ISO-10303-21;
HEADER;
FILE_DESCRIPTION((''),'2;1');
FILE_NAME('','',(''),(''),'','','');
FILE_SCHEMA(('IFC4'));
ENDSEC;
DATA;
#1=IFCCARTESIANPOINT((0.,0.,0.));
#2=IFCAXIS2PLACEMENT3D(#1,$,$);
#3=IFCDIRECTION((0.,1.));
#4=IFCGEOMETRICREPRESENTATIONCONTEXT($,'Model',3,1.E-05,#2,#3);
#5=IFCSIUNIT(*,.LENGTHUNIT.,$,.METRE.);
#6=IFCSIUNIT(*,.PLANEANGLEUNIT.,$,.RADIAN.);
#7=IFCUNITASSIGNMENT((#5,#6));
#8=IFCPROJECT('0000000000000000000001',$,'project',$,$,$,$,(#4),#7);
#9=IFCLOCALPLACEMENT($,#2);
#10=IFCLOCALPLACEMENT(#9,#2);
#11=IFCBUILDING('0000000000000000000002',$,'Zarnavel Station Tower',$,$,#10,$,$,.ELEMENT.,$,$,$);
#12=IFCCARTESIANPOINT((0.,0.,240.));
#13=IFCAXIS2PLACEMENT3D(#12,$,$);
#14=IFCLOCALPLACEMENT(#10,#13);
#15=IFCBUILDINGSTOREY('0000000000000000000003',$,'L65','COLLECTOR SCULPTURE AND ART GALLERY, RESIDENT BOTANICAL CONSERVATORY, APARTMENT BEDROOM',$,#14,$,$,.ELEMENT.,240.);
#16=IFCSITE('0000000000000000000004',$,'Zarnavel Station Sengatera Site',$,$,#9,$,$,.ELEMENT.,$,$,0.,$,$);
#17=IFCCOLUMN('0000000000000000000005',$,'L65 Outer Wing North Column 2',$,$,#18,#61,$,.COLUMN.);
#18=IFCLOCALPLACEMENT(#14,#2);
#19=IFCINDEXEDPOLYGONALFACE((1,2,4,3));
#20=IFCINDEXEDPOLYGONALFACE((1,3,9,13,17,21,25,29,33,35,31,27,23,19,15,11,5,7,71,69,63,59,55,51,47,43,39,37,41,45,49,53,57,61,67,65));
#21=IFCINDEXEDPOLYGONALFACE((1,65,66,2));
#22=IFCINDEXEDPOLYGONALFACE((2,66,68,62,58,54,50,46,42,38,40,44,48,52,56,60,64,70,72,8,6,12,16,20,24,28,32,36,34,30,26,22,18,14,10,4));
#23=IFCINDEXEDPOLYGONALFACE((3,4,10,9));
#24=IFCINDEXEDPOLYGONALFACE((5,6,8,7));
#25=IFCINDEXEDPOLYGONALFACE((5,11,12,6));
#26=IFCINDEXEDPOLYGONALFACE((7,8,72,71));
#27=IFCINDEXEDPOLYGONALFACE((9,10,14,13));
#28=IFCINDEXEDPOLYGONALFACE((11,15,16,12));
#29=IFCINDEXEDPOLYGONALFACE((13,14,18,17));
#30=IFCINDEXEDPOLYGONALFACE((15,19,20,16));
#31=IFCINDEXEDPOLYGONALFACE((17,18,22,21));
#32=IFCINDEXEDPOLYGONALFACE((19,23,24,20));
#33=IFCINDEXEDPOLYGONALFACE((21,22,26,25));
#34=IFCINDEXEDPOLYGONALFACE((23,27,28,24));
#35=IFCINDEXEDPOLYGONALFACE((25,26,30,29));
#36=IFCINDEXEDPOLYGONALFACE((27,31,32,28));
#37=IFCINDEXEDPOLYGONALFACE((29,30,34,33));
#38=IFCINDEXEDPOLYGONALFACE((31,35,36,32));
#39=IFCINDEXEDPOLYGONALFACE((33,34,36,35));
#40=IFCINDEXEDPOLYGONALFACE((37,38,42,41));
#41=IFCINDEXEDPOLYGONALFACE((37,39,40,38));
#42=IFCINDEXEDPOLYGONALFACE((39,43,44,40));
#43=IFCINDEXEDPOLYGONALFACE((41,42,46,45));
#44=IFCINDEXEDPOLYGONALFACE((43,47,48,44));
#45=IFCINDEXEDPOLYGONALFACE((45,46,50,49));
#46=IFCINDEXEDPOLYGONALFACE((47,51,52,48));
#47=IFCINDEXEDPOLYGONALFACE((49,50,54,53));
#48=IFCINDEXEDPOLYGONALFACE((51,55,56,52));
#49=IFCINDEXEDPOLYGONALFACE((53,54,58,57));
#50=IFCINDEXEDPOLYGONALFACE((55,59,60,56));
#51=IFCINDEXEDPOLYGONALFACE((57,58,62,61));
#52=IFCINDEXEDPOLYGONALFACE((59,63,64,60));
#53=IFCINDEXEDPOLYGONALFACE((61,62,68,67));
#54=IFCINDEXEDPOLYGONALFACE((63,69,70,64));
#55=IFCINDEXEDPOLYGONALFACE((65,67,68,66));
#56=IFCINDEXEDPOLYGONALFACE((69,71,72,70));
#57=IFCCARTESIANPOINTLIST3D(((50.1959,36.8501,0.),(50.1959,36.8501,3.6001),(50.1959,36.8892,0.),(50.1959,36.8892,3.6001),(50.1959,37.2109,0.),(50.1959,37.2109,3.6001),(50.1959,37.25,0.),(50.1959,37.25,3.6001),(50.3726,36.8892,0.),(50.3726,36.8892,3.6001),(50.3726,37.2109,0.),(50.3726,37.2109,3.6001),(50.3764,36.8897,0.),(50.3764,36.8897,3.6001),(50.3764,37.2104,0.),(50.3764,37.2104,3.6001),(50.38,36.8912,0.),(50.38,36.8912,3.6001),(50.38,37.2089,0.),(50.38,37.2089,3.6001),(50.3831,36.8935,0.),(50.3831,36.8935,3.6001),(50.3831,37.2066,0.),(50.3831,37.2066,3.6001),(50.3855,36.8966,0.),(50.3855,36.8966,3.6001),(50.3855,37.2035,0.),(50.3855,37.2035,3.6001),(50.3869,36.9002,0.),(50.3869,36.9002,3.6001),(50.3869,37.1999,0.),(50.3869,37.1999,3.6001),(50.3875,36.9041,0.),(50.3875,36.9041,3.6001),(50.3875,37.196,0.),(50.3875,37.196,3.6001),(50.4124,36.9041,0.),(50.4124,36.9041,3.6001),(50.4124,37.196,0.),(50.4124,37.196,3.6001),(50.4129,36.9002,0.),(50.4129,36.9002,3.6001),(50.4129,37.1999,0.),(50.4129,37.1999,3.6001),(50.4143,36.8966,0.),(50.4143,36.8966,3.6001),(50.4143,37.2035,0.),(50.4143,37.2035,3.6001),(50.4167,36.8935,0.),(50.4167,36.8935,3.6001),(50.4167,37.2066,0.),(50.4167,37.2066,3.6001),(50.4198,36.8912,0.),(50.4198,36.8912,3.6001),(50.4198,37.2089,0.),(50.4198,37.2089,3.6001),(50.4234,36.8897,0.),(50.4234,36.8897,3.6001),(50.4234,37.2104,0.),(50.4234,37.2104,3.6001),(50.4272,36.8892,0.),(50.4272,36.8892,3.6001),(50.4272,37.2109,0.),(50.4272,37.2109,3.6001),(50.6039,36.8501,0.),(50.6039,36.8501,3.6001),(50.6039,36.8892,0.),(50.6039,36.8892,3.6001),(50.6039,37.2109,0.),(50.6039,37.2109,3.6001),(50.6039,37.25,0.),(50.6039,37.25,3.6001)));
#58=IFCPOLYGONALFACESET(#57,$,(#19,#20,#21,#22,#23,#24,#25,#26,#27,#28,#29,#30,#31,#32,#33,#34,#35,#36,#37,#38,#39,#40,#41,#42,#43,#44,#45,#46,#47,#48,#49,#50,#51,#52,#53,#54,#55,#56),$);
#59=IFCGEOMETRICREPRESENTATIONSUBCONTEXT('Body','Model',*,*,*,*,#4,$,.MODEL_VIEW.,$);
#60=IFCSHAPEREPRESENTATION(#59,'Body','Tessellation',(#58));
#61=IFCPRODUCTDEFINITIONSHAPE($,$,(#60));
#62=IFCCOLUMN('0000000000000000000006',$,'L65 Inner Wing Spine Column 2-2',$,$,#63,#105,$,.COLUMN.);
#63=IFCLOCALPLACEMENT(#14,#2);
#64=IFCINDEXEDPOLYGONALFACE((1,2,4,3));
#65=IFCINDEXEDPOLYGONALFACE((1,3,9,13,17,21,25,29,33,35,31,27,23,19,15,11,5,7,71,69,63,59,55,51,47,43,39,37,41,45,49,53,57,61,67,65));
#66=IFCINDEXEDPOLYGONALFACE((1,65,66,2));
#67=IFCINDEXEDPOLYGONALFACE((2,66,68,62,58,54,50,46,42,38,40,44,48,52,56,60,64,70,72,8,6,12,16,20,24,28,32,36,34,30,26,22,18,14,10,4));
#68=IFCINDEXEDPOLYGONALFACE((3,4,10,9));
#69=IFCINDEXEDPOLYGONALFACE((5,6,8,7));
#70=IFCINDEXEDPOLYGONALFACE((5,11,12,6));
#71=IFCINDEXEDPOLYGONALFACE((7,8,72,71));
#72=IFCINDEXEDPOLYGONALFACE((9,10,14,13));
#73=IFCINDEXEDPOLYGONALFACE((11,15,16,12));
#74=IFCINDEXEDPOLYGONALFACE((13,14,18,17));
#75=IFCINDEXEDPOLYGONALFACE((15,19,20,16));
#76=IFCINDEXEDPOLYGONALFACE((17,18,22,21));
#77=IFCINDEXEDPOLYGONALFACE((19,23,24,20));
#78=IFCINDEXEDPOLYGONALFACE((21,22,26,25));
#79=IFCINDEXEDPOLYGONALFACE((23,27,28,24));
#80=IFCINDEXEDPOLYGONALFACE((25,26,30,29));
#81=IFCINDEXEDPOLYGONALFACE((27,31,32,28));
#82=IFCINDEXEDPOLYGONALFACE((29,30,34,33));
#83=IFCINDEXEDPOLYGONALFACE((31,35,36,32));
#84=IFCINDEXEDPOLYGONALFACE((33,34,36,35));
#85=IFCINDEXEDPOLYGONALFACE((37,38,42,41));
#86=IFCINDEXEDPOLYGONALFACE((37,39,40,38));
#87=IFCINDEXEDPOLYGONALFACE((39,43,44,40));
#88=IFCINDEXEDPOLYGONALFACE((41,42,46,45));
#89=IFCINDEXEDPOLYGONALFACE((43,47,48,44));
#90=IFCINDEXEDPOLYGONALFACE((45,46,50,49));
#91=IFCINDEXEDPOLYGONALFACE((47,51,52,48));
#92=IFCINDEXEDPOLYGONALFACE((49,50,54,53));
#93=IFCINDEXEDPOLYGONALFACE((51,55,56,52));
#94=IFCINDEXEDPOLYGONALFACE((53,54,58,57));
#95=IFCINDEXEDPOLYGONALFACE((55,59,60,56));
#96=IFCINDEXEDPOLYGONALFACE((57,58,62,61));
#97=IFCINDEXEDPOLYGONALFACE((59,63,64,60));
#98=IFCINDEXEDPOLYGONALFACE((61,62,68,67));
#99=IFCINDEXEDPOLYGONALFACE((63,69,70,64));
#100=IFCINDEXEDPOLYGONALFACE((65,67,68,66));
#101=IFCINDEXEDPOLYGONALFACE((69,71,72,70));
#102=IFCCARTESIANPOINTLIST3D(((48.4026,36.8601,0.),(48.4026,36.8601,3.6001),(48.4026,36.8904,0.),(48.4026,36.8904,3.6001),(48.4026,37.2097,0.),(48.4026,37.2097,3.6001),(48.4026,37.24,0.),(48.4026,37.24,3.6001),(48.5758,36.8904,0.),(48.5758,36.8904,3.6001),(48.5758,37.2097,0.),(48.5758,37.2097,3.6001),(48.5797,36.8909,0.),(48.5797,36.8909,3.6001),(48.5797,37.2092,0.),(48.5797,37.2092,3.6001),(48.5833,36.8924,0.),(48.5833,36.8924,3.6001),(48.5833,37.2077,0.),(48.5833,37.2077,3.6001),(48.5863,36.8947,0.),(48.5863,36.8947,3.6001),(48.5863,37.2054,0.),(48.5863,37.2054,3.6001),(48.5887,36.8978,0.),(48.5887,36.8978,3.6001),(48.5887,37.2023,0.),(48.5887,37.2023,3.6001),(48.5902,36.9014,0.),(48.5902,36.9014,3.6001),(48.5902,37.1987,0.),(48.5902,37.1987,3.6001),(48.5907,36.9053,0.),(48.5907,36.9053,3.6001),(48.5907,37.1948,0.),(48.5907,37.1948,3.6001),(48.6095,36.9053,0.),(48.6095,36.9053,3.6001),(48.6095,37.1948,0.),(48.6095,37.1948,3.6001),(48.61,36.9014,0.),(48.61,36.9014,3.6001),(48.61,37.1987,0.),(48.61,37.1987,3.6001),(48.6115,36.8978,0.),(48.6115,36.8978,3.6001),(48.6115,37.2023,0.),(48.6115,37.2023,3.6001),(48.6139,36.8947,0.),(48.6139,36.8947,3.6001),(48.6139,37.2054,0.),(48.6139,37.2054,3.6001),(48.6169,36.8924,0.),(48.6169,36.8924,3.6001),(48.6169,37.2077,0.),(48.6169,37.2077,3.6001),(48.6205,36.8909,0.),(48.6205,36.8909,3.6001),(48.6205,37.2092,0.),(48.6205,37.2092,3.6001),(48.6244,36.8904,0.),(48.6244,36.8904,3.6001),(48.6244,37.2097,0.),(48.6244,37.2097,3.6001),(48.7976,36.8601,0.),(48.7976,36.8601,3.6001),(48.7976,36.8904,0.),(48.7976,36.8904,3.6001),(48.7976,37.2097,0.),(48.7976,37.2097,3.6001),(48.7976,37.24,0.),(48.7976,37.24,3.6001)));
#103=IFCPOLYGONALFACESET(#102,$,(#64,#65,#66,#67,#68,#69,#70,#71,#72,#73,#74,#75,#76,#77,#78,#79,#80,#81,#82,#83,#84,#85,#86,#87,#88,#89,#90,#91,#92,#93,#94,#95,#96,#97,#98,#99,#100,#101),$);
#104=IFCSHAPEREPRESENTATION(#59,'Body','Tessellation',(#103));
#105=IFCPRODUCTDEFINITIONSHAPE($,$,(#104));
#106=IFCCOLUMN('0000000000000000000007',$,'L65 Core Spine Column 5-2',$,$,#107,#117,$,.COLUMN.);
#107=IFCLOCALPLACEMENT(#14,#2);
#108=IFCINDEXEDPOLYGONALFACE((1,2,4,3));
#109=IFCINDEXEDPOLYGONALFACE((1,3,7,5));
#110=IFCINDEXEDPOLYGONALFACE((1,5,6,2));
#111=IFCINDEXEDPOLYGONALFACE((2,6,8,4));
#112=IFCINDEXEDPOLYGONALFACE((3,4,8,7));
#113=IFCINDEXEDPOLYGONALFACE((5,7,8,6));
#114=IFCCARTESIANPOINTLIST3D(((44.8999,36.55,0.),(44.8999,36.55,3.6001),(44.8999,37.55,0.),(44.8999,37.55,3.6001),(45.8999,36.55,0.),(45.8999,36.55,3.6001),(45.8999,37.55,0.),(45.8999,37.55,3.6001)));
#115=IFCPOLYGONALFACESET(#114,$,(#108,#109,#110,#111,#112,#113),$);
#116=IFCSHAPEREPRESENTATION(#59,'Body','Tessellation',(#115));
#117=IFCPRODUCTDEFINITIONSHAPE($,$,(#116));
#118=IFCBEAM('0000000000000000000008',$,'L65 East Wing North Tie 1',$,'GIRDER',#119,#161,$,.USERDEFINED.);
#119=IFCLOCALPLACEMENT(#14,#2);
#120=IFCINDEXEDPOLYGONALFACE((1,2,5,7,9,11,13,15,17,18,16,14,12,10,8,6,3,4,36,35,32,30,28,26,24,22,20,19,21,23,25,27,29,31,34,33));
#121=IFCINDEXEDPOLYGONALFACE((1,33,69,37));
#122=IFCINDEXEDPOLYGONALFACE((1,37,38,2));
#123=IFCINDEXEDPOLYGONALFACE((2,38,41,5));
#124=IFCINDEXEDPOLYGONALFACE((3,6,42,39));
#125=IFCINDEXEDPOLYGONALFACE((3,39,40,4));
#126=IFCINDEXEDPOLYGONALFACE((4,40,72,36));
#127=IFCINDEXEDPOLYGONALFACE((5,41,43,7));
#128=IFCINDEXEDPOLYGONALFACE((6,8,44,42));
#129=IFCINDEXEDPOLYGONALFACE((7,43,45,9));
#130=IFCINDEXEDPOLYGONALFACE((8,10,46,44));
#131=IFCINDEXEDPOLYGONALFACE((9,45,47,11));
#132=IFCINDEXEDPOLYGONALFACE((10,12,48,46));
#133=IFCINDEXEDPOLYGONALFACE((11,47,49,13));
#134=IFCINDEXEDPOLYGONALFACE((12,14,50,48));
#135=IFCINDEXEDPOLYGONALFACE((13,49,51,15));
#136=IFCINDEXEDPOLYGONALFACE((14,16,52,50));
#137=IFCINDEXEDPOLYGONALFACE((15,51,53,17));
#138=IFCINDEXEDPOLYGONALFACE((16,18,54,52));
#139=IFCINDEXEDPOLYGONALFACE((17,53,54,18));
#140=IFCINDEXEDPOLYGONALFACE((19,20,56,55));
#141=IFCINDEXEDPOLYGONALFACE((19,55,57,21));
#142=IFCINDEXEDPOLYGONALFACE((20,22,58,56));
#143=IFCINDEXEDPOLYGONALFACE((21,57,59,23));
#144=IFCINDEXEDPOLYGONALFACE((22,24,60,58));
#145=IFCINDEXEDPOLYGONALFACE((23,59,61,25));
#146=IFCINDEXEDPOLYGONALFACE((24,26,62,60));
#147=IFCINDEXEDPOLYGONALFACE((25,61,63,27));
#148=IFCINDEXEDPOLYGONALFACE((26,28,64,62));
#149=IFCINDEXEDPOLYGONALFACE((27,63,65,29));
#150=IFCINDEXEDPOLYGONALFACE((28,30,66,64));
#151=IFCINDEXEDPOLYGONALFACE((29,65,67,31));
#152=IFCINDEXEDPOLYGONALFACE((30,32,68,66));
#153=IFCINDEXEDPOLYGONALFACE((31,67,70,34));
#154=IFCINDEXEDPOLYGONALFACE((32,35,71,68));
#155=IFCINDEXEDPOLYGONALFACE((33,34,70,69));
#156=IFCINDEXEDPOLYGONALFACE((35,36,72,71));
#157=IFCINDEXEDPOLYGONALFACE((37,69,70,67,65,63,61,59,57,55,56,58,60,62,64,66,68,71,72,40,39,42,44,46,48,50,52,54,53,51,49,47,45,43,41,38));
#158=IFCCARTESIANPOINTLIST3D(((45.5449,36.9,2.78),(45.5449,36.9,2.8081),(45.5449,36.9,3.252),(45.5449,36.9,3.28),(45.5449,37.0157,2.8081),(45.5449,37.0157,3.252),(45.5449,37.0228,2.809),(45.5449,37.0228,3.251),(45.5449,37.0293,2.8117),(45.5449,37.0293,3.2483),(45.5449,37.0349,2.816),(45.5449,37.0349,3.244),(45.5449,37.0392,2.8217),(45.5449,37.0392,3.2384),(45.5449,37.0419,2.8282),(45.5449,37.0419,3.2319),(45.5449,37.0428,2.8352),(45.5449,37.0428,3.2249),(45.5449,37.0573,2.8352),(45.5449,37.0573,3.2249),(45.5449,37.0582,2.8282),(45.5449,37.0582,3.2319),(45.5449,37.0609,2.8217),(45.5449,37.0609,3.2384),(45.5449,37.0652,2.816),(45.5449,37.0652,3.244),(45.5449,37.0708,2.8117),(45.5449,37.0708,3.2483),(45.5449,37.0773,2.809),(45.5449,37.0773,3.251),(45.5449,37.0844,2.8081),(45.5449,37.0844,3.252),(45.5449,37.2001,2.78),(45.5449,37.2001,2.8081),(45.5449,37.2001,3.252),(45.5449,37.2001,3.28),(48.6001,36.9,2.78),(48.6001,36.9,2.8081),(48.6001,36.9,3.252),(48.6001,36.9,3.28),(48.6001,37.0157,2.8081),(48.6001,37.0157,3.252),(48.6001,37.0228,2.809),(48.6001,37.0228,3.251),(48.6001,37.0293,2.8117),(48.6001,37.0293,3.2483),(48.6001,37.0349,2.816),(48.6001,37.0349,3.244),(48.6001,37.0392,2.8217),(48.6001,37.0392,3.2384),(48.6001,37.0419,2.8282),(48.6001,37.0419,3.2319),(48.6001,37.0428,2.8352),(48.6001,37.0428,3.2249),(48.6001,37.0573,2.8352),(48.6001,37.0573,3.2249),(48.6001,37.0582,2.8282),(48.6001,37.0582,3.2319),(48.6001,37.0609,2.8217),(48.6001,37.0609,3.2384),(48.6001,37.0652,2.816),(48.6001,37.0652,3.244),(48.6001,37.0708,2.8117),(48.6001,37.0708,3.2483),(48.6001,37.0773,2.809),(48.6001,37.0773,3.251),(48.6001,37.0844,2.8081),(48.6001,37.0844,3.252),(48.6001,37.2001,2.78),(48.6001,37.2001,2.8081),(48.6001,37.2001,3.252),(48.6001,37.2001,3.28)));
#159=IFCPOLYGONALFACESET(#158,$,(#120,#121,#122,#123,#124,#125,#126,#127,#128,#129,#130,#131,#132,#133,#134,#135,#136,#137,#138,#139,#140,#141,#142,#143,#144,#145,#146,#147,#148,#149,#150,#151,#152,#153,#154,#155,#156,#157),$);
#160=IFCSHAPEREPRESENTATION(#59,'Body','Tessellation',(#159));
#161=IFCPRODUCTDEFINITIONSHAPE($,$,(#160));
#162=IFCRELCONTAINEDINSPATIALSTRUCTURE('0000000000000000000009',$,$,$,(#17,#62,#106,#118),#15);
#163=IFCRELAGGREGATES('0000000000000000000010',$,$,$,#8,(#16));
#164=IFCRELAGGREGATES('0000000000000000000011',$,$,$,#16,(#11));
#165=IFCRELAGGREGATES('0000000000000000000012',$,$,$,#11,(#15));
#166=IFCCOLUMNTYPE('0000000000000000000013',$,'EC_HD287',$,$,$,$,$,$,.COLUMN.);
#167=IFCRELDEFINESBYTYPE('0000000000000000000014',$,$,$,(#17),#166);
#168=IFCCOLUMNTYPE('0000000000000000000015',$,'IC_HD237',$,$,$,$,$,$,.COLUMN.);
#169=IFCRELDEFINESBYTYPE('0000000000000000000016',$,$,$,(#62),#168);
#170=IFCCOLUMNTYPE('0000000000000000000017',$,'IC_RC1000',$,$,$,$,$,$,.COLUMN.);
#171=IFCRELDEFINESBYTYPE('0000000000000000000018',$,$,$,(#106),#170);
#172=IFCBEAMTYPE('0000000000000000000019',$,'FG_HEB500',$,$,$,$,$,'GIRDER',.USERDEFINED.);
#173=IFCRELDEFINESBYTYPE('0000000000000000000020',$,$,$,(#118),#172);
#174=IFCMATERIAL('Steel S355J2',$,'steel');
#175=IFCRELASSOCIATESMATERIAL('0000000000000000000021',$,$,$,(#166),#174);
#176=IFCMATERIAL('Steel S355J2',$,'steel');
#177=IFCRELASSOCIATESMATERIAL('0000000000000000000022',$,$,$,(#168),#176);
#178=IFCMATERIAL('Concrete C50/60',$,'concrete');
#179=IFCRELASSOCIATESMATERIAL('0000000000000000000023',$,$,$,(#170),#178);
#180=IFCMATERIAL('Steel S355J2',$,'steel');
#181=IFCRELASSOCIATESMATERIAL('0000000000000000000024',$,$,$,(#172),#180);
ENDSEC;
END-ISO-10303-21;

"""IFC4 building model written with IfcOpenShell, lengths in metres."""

from ifc_helpers import new_model, si_unit, direction, frame, origin, origin_2d, place, context, subcontext, project, spatial, rectangle, i_section, extrude, material, material_profile, profile_set, type_object, element, save


model = new_model("IFC4")

# Units and contexts
model_context = context("Model", 3, precision=1e-05, world=origin(), true_north=direction((0.0, 1.0)))
body_context = subcontext(model_context, "Body", "Model", "MODEL_VIEW")
ifc_project = project(units=[si_unit("LENGTHUNIT", "METRE"), si_unit("PLANEANGLEUNIT", "RADIAN")], contexts=[model_context])

# Site, building, storey
site_placement = place(None, origin())
site = spatial("IfcSite", under=ifc_project, at=site_placement, Name="Zarnavel Station Sengatera Site", CompositionType="ELEMENT", RefElevation=0.0)
building_placement = place(site_placement, origin())
building = spatial("IfcBuilding", under=site, at=building_placement, Name="Zarnavel Station Tower", CompositionType="ELEMENT")
storey_placement = place(building_placement, frame((0.0, 0.0, 240.0)))
storey = spatial("IfcBuildingStorey", under=building, at=storey_placement, Name="L65", Description="COLLECTOR SCULPTURE AND ART GALLERY, RESIDENT BOTANICAL CONSERVATORY, APARTMENT BEDROOM", CompositionType="ELEMENT", Elevation=240.0)

# Columns
ifc_material_1 = material(Name="Steel S355J2", Category="steel")
ifc_material_profile_1 = material_profile(ifc_material_1, i_section(OverallWidth=0.408, OverallDepth=0.3999, WebThickness=0.0249, FlangeThickness=0.0391, FilletRadius=0.0149, at=origin_2d()), Name="HD400x287")
ifc_profile_set_1 = profile_set([ifc_material_profile_1], Name="Steel S355J2")
column_type_1 = type_object("IfcColumnType", Name="EC_HD287", PredefinedType="COLUMN", material=ifc_profile_set_1)
column_1_placement = place(storey_placement, frame((50.3999, 37.05, 0.0), z_axis=(0.0, 0.0, 1.0), x_axis=(1.0, 0.0, 0.0)))
element("IfcColumn", 1, at=column_1_placement, inside=storey, type_object=column_type_1, Name="L65 Outer Wing North Column 2", PredefinedType="COLUMN", context=body_context, shape_type="SweptSolid", body=[
    extrude(i_section(OverallWidth=0.408, OverallDepth=0.3999, WebThickness=0.0249, FlangeThickness=0.0391, FilletRadius=0.0149, at=origin_2d()), origin(), (0.0, 0.0, 1.0), 3.6001),
])
ifc_material_2 = material(Name="Steel S355J2", Category="steel")
ifc_material_profile_2 = material_profile(ifc_material_2, i_section(OverallWidth=0.395, OverallDepth=0.3799, WebThickness=0.0188, FlangeThickness=0.0303, FilletRadius=0.0149, at=origin_2d()), Name="HD400x237")
ifc_profile_set_2 = profile_set([ifc_material_profile_2], Name="Steel S355J2")
column_type_2 = type_object("IfcColumnType", Name="IC_HD237", PredefinedType="COLUMN", material=ifc_profile_set_2)
column_2_placement = place(storey_placement, frame((48.6001, 37.05, 0.0), z_axis=(0.0, 0.0, 1.0), x_axis=(1.0, 0.0, 0.0)))
element("IfcColumn", 2, at=column_2_placement, inside=storey, type_object=column_type_2, Name="L65 Inner Wing Spine Column 2-2", PredefinedType="COLUMN", context=body_context, shape_type="SweptSolid", body=[
    extrude(i_section(OverallWidth=0.395, OverallDepth=0.3799, WebThickness=0.0188, FlangeThickness=0.0303, FilletRadius=0.0149, at=origin_2d()), origin(), (0.0, 0.0, 1.0), 3.6001),
])
ifc_material_3 = material(Name="Concrete C50/60", Category="concrete")
ifc_material_profile_3 = material_profile(ifc_material_3, rectangle(XDim=1.0, YDim=1.0, at=origin_2d()), Name="RC1000x1000")
ifc_profile_set_3 = profile_set([ifc_material_profile_3], Name="Concrete C50/60")
column_type_3 = type_object("IfcColumnType", Name="IC_RC1000", PredefinedType="COLUMN", material=ifc_profile_set_3)
column_3_placement = place(storey_placement, frame((45.3999, 37.05, 0.0), z_axis=(0.0, 0.0, 1.0), x_axis=(1.0, 0.0, 0.0)))
element("IfcColumn", 3, at=column_3_placement, inside=storey, type_object=column_type_3, Name="L65 Core Spine Column 5-2", PredefinedType="COLUMN", context=body_context, shape_type="SweptSolid", body=[
    extrude(rectangle(XDim=1.0, YDim=1.0, at=origin_2d()), origin(), (0.0, 0.0, 1.0), 3.6001),
])

# Beam
ifc_material_4 = material(Name="Steel S355J2", Category="steel")
ifc_material_profile_4 = material_profile(ifc_material_4, i_section(OverallWidth=0.3, OverallDepth=0.5, WebThickness=0.0144, FlangeThickness=0.0281, FilletRadius=0.0271, at=origin_2d()), Name="HEB500")
ifc_profile_set_4 = profile_set([ifc_material_profile_4], Name="Steel S355J2")
beam_type = type_object("IfcBeamType", Name="FG_HEB500", ElementType="GIRDER", PredefinedType="USERDEFINED", material=ifc_profile_set_4)
beam_1_placement = place(storey_placement, frame((45.5449, 37.05, 3.03), z_axis=(1.0, 0.0, 0.0), x_axis=(0.0, 1.0, 0.0)))
element("IfcBeam", 4, at=beam_1_placement, inside=storey, type_object=beam_type, Name="L65 East Wing North Tie 1", ObjectType="GIRDER", PredefinedType="USERDEFINED", context=body_context, shape_type="SweptSolid", body=[
    extrude(i_section(OverallWidth=0.3, OverallDepth=0.5, WebThickness=0.0144, FlangeThickness=0.0281, FilletRadius=0.0271, at=origin_2d()), origin(), (0.0, 0.0, 1.0), 3.0552),
])

save(model, "model.ifc")
